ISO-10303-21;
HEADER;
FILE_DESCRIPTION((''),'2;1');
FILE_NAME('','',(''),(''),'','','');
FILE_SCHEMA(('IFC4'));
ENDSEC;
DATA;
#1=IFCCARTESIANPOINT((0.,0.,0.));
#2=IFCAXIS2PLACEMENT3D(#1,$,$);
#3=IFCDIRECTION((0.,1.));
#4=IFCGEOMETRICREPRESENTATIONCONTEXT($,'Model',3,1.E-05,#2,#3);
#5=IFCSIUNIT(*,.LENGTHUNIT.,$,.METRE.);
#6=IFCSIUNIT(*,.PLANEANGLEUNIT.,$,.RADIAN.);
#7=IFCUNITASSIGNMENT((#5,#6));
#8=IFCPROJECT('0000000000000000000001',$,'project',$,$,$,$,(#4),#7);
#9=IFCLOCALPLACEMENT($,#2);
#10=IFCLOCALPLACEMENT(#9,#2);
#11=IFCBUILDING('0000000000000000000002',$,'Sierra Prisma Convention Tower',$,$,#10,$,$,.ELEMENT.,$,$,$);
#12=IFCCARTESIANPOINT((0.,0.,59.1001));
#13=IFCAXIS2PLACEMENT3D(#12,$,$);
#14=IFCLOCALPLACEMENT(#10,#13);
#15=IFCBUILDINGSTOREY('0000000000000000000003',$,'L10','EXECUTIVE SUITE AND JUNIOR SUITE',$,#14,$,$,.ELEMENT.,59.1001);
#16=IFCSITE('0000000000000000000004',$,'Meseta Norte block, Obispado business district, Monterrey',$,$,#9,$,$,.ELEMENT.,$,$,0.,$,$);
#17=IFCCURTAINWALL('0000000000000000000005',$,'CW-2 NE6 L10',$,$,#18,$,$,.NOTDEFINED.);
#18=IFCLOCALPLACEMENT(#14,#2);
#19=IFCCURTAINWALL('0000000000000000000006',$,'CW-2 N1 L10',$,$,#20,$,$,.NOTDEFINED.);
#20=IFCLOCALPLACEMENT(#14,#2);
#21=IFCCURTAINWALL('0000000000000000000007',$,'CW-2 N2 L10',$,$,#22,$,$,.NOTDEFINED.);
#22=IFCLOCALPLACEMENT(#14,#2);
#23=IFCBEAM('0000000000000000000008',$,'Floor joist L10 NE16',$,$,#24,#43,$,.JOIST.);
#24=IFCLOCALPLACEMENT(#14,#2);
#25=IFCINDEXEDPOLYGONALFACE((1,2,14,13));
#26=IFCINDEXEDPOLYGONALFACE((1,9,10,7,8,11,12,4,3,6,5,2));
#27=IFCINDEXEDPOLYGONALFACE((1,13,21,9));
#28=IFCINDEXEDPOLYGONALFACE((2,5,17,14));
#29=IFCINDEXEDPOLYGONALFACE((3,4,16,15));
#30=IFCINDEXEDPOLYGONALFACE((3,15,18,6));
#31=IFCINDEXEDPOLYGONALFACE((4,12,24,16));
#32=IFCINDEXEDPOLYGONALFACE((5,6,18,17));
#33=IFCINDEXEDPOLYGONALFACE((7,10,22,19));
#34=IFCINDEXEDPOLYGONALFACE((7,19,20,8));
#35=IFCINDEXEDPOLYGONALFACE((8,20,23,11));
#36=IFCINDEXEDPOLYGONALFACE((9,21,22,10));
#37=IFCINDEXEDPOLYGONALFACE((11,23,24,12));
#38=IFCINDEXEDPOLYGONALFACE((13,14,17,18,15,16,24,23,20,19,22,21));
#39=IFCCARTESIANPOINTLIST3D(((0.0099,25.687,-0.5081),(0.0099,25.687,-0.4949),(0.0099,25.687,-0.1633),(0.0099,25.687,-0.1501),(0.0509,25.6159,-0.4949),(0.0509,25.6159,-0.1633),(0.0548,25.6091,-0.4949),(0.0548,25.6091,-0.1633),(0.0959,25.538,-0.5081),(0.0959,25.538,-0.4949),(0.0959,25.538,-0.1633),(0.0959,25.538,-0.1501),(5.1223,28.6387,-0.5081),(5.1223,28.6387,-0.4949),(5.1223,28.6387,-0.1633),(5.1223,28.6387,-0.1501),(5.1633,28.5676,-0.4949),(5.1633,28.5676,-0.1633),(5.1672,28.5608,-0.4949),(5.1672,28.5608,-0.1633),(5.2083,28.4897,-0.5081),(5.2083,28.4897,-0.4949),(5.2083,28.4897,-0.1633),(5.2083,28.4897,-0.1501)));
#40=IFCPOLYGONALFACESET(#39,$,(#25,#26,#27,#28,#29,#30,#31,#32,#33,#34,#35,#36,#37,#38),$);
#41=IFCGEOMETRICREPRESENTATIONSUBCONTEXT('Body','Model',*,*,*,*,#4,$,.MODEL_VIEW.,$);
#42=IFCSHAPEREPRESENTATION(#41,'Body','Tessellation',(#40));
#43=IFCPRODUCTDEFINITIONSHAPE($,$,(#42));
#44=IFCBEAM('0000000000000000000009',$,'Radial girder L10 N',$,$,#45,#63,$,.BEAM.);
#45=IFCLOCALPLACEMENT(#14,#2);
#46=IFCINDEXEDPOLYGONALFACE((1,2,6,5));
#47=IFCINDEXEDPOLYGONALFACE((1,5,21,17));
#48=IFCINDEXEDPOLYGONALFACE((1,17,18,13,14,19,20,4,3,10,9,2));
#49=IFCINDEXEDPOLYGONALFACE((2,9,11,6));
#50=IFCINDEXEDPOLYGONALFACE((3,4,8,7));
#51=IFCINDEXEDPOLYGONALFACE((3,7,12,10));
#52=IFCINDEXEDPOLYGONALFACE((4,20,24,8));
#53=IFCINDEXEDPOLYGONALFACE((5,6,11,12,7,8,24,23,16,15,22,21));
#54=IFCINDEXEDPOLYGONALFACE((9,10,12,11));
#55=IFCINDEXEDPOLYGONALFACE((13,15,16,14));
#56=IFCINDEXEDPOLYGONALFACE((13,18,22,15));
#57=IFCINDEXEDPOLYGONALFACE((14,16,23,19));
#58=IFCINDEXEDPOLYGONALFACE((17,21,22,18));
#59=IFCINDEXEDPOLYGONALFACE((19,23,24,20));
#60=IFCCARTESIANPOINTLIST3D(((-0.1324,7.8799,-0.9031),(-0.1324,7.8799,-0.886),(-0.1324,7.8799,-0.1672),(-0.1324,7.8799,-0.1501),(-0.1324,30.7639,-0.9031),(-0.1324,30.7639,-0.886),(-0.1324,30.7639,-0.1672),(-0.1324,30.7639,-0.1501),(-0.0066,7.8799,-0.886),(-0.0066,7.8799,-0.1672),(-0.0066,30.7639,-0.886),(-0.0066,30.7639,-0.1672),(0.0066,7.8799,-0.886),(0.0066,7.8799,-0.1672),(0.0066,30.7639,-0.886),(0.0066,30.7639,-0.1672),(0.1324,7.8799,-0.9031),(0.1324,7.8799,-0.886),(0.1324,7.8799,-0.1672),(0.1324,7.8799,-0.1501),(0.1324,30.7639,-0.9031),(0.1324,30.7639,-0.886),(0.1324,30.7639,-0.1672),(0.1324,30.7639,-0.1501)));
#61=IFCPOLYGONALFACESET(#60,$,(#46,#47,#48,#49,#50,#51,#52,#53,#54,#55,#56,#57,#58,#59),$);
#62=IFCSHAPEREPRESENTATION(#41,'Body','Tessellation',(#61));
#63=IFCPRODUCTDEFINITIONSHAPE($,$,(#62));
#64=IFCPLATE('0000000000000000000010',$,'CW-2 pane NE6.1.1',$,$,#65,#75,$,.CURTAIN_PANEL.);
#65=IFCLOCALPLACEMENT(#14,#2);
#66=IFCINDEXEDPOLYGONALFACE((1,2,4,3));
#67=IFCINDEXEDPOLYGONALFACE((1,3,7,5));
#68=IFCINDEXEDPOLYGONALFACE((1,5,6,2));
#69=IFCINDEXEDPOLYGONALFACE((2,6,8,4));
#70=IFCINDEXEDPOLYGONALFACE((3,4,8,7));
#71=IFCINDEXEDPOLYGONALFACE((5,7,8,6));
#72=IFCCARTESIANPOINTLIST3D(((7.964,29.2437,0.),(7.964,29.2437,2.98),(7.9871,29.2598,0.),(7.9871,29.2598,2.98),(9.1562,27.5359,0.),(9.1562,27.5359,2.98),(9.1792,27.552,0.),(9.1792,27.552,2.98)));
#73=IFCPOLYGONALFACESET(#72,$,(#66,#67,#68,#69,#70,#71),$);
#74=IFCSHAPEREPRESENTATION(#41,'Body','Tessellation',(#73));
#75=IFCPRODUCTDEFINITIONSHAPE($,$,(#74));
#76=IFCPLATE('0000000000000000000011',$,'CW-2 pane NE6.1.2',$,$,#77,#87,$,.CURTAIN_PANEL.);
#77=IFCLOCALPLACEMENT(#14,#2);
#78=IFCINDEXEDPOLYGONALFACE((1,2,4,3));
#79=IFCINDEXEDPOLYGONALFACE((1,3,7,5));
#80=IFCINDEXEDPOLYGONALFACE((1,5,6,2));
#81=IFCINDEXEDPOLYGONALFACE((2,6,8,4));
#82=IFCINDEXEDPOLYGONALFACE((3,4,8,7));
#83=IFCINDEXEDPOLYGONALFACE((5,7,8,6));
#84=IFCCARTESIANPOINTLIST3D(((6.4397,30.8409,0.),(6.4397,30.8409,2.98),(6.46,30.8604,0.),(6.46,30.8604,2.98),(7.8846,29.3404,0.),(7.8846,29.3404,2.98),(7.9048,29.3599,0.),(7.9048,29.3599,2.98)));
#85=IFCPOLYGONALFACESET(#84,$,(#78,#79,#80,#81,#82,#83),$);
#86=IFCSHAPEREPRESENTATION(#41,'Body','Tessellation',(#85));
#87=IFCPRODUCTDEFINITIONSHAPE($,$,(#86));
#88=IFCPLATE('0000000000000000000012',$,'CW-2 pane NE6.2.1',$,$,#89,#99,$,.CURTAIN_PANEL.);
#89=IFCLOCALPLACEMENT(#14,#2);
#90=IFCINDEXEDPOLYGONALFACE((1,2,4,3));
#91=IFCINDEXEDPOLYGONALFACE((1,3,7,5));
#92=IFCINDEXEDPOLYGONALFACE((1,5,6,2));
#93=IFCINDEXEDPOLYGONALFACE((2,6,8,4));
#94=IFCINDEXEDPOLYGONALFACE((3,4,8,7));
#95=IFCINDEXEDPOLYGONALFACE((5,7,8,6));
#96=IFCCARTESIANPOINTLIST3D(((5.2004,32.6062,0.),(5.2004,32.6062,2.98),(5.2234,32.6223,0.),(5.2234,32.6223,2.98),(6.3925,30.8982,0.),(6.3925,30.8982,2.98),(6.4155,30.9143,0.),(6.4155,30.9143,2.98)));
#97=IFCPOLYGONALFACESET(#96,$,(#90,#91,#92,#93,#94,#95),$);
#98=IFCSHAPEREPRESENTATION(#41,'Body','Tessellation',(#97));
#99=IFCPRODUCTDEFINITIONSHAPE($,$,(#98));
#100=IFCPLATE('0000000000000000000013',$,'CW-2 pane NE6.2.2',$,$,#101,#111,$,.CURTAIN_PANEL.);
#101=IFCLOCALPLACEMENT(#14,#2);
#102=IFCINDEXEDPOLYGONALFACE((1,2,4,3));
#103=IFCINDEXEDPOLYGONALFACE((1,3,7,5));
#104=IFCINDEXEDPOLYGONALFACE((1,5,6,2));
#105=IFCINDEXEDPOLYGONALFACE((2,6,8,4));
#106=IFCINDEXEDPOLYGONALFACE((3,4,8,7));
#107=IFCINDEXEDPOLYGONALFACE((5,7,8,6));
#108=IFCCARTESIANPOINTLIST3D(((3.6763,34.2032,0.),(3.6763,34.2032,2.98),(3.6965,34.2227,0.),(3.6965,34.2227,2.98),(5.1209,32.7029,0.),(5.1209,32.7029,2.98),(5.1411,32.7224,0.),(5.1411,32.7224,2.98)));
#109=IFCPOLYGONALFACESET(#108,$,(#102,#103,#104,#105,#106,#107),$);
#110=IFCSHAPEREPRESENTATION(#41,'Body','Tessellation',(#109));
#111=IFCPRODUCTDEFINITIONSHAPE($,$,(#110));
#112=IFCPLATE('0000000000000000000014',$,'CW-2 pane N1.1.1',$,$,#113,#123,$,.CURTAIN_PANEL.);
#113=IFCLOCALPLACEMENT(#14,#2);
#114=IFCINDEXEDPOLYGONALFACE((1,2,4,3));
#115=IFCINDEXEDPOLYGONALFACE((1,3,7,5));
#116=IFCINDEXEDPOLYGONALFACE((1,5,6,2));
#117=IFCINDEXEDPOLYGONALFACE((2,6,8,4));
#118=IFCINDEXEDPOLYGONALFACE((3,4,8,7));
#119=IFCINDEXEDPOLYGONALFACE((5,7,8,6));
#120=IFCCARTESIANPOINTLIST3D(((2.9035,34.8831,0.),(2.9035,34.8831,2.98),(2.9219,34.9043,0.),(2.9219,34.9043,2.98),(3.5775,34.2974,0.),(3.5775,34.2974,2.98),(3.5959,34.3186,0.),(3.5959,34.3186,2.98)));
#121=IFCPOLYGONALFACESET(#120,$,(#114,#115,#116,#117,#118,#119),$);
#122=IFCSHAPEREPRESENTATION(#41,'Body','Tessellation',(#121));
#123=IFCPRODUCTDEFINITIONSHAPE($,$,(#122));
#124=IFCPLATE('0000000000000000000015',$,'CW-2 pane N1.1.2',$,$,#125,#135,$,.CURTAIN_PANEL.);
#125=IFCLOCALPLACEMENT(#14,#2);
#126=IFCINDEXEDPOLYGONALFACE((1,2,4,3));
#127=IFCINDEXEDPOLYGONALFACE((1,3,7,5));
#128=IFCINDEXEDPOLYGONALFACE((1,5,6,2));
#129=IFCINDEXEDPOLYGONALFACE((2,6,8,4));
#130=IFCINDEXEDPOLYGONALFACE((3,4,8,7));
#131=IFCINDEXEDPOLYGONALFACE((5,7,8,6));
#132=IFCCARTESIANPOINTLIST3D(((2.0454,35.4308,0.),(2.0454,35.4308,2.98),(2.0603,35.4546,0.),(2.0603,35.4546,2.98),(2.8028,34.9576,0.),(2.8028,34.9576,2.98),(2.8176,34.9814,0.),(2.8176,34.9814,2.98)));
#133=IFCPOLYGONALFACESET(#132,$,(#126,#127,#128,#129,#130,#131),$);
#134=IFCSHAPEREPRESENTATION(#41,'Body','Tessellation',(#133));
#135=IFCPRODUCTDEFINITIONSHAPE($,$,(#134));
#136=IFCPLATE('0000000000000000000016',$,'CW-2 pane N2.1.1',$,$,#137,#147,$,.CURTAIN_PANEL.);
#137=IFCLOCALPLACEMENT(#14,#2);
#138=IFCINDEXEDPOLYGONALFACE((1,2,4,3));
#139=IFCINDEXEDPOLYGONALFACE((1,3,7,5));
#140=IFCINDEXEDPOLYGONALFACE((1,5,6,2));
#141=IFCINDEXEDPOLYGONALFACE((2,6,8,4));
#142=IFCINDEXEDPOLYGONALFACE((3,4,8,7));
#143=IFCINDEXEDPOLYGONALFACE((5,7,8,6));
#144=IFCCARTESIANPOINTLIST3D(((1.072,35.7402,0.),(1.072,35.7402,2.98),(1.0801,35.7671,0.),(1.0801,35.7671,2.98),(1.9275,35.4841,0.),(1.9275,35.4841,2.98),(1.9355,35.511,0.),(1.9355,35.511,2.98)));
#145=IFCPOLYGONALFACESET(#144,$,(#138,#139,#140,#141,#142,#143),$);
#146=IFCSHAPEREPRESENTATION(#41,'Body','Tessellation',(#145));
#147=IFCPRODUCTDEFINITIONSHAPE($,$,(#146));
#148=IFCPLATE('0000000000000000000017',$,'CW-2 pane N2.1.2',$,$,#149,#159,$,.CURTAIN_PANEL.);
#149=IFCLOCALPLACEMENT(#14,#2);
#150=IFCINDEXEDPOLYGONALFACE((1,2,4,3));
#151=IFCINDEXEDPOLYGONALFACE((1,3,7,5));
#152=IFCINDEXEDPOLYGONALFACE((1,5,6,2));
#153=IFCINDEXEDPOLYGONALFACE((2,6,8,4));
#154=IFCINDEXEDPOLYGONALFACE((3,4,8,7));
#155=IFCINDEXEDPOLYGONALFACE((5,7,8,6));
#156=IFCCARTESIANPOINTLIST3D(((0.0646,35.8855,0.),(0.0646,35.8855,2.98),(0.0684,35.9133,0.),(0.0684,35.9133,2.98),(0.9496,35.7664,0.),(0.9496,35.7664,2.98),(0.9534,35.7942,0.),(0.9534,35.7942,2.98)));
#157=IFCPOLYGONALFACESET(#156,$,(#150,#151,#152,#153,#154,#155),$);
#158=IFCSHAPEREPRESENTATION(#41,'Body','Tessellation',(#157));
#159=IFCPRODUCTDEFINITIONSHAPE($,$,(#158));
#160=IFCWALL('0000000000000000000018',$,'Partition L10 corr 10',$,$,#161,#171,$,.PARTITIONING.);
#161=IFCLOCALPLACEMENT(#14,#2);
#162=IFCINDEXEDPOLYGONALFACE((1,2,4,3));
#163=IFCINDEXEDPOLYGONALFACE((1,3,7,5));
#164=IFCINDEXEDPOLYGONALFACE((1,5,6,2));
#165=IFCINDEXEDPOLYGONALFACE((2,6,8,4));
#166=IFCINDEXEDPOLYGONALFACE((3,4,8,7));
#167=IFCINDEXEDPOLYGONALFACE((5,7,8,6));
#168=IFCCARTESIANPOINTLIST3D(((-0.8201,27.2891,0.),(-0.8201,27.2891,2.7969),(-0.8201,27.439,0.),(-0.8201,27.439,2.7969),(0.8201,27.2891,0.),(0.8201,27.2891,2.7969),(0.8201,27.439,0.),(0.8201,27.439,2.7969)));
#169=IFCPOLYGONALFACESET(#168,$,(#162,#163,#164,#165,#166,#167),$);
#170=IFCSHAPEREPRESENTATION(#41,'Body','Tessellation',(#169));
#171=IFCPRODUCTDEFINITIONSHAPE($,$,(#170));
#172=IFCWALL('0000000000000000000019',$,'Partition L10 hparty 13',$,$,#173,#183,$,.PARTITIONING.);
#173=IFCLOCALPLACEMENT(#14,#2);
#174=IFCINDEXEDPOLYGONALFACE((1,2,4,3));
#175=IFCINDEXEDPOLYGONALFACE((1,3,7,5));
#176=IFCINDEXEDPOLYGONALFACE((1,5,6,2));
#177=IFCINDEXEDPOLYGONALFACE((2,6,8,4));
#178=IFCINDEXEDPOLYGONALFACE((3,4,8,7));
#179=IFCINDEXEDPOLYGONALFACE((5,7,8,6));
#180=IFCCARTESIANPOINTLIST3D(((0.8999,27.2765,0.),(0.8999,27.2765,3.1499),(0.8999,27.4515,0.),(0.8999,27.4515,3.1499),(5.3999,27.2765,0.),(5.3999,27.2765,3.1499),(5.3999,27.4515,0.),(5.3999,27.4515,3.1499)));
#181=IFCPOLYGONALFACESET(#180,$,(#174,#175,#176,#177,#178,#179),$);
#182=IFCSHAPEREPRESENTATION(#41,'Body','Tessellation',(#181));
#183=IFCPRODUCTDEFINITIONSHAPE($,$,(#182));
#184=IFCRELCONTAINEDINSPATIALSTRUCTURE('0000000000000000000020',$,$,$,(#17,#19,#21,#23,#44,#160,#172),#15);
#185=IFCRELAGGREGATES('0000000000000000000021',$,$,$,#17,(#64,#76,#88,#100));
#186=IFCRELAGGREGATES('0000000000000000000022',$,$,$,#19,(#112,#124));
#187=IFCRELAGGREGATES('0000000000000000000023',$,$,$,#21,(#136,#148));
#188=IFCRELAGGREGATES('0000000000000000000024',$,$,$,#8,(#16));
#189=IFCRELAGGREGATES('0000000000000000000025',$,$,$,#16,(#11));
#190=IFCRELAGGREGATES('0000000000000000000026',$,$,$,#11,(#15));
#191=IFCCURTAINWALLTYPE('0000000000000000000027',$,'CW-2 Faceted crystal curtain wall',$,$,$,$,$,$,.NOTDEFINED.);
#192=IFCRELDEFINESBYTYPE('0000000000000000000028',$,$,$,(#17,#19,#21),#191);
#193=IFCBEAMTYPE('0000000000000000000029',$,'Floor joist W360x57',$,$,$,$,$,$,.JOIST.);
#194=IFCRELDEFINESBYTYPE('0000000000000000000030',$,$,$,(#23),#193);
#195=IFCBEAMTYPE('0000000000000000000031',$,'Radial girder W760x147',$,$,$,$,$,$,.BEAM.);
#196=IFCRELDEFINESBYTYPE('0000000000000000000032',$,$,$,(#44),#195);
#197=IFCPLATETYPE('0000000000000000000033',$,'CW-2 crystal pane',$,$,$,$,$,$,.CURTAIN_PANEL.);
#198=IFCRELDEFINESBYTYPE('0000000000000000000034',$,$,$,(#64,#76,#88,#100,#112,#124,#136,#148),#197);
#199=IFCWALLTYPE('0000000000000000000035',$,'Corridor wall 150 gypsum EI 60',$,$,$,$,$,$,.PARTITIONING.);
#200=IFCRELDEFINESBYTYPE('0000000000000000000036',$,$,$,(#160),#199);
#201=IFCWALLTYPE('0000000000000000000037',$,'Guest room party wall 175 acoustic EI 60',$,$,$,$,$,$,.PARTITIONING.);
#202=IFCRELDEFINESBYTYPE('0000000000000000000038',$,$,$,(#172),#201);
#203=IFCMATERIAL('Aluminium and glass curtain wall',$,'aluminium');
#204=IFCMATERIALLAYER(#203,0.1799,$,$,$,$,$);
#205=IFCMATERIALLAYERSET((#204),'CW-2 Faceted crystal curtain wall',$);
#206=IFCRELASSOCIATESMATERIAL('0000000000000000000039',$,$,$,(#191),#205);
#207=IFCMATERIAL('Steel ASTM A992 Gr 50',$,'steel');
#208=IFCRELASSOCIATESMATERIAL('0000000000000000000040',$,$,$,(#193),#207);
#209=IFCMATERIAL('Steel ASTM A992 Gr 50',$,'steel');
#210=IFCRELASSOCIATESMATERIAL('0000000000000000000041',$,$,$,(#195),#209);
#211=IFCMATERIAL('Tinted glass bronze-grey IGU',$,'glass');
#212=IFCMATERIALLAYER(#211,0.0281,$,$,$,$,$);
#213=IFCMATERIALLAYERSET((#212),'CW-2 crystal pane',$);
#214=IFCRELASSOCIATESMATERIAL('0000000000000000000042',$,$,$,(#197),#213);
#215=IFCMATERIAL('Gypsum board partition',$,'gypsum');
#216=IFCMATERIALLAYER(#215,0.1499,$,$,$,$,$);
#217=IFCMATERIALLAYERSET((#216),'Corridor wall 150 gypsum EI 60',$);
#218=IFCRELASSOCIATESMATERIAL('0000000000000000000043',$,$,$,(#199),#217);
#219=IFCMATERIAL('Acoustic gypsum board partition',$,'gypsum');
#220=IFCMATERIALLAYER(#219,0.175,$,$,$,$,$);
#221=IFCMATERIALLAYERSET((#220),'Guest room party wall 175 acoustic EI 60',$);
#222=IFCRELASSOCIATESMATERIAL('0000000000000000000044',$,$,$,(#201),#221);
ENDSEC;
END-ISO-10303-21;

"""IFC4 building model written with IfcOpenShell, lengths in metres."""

from ifc_helpers import new_model, si_unit, direction, frame, frame_2d, origin, origin_2d, place, context, subcontext, project, spatial, polyline, rectangle, i_section, outline, extrude, material, layer, layer_set, material_profile, profile_set, type_object, element, aggregate, save


model = new_model("IFC4")

# Units and contexts
model_context = context("Model", 3, precision=1e-05, world=origin(), true_north=direction((0.0, 1.0)))
body_context = subcontext(model_context, "Body", "Model", "MODEL_VIEW")
ifc_project = project(units=[si_unit("LENGTHUNIT", "METRE"), si_unit("PLANEANGLEUNIT", "RADIAN")], contexts=[model_context])

# Site, building, storey
site_placement = place(None, origin())
site = spatial("IfcSite", under=ifc_project, at=site_placement, Name="Meseta Norte block, Obispado business district, Monterrey", CompositionType="ELEMENT", RefElevation=0.0)
building_placement = place(site_placement, origin())
building = spatial("IfcBuilding", under=site, at=building_placement, Name="Sierra Prisma Convention Tower", CompositionType="ELEMENT")
storey_placement = place(building_placement, frame((0.0, 0.0, 59.1001)))
storey = spatial("IfcBuildingStorey", under=building, at=storey_placement, Name="L10", Description="EXECUTIVE SUITE AND JUNIOR SUITE", CompositionType="ELEMENT", Elevation=59.1001)

# Curtain wall
ifc_material_1 = material(Name="Aluminium and glass curtain wall", Category="aluminium")
ifc_layer_1 = layer(ifc_material_1, 0.1799)
ifc_layer_set_1 = layer_set([ifc_layer_1], Name="CW-2 Faceted crystal curtain wall")
curtain_wall_type = type_object("IfcCurtainWallType", Name="CW-2 Faceted crystal curtain wall", PredefinedType="NOTDEFINED", material=ifc_layer_set_1)
curtain_wall_1_placement = place(storey_placement, origin())
curtain_wall_1 = element("IfcCurtainWall", 1, at=curtain_wall_1_placement, inside=storey, type_object=curtain_wall_type, Name="CW-2 NE6 L10", PredefinedType="NOTDEFINED")

# Curtain walls
curtain_wall_2_placement = place(storey_placement, origin())
curtain_wall_2 = element("IfcCurtainWall", 2, at=curtain_wall_2_placement, inside=storey, type_object=curtain_wall_type, Name="CW-2 N1 L10", PredefinedType="NOTDEFINED")
curtain_wall_3_placement = place(storey_placement, origin())
curtain_wall_3 = element("IfcCurtainWall", 3, at=curtain_wall_3_placement, inside=storey, type_object=curtain_wall_type, Name="CW-2 N2 L10", PredefinedType="NOTDEFINED")

# Beams
ifc_material_2 = material(Name="Steel ASTM A992 Gr 50", Category="steel")
ifc_material_profile_1 = material_profile(ifc_material_2, i_section(OverallWidth=0.1721, OverallDepth=0.3579, WebThickness=0.0078, FlangeThickness=0.0132, at=origin_2d()), Name="W360x57")
ifc_profile_set_1 = profile_set([ifc_material_profile_1], Name="Steel ASTM A992 Gr 50")
beam_type_1 = type_object("IfcBeamType", Name="Floor joist W360x57", PredefinedType="JOIST", material=ifc_profile_set_1)
beam_1_placement = place(storey_placement, frame((5.1653, 28.5642, -0.3291), z_axis=(-0.86602, -0.500009, 0.0), x_axis=(0.500009, -0.86602, 0.0)))
element("IfcBeam", 4, at=beam_1_placement, inside=storey, type_object=beam_type_1, Name="Floor joist L10 NE16", PredefinedType="JOIST", context=body_context, shape_type="SweptSolid", body=[
    extrude(i_section(OverallWidth=0.1721, OverallDepth=0.3579, WebThickness=0.0078, FlangeThickness=0.0132, at=origin_2d()), origin(), (0.0, 0.0, 1.0), 5.9033),
])
ifc_material_3 = material(Name="Steel ASTM A992 Gr 50", Category="steel")
ifc_material_profile_2 = material_profile(ifc_material_3, i_section(OverallWidth=0.2649, OverallDepth=0.7529, WebThickness=0.0132, FlangeThickness=0.0171, at=origin_2d()), Name="W760x147")
ifc_profile_set_2 = profile_set([ifc_material_profile_2], Name="Steel ASTM A992 Gr 50")
beam_type_2 = type_object("IfcBeamType", Name="Radial girder W760x147", PredefinedType="BEAM", material=ifc_profile_set_2)
beam_2_placement = place(storey_placement, frame((0.0, 30.7639, -0.5266), z_axis=(0.0, -1.0, 0.0), x_axis=(1.0, 0.0, 0.0)))
element("IfcBeam", 5, at=beam_2_placement, inside=storey, type_object=beam_type_2, Name="Radial girder L10 N", PredefinedType="BEAM", context=body_context, shape_type="SweptSolid", body=[
    extrude(i_section(OverallWidth=0.2649, OverallDepth=0.7529, WebThickness=0.0132, FlangeThickness=0.0171, at=origin_2d()), origin(), (0.0, 0.0, 1.0), 22.884),
])

# Plates
ifc_material_4 = material(Name="Tinted glass bronze-grey IGU", Category="glass")
ifc_layer_2 = layer(ifc_material_4, 0.0281)
ifc_layer_set_2 = layer_set([ifc_layer_2], Name="CW-2 crystal pane")
plate_type = type_object("IfcPlateType", Name="CW-2 crystal pane", PredefinedType="CURTAIN_PANEL", material=ifc_layer_set_2)
plate_1_placement = place(storey_placement, frame((9.1792, 27.552, 0.0), z_axis=(0.819975, 0.5724, 0.0), x_axis=(-0.5724, 0.819975, 0.0)))
plate_1 = element("IfcPlate", 6, at=plate_1_placement, type_object=plate_type, Name="CW-2 pane NE6.1.1", PredefinedType="CURTAIN_PANEL", context=body_context, shape_type="SweptSolid", body=[
    extrude(outline(polyline([(0.0, 0.0), (2.0827, 0.0), (2.0827, 2.98), (0.0, 2.98), (0.0, 0.0)])), origin(), (0.0, 0.0, -1.0), 0.0281),
])
plate_2_placement = place(storey_placement, frame((6.46, 30.8604, 0.0), z_axis=(0.720342, 0.693619, 0.0), x_axis=(0.693619, -0.720342, 0.0)))
plate_2 = element("IfcPlate", 7, at=plate_2_placement, type_object=plate_type, Name="CW-2 pane NE6.1.2", PredefinedType="CURTAIN_PANEL", context=body_context, shape_type="SweptSolid", body=[
    extrude(outline(polyline([(0.0, 0.0), (2.083, 0.0), (2.083, -2.98), (0.0, -2.98), (0.0, 0.0)])), origin(), (0.0, 0.0, -1.0), 0.0281),
])
plate_3_placement = place(storey_placement, frame((6.4155, 30.9143, 0.0), z_axis=(0.820013, 0.572345, 0.0), x_axis=(-0.572345, 0.820013, 0.0)))
plate_3 = element("IfcPlate", 8, at=plate_3_placement, type_object=plate_type, Name="CW-2 pane NE6.2.1", PredefinedType="CURTAIN_PANEL", context=body_context, shape_type="SweptSolid", body=[
    extrude(outline(polyline([(0.0, 0.0), (2.0829, 0.0), (2.0829, 2.98), (0.0, 2.98), (0.0, 0.0)])), origin(), (0.0, 0.0, -1.0), 0.0281),
])
plate_4_placement = place(storey_placement, frame((3.6965, 34.2227, 0.0), z_axis=(0.720344, 0.693617, 0.0), x_axis=(0.693617, -0.720344, 0.0)))
plate_4 = element("IfcPlate", 9, at=plate_4_placement, type_object=plate_type, Name="CW-2 pane NE6.2.2", PredefinedType="CURTAIN_PANEL", context=body_context, shape_type="SweptSolid", body=[
    extrude(outline(polyline([(0.0, 0.0), (2.0827, 0.0), (2.0827, -2.98), (0.0, -2.98), (0.0, 0.0)])), origin(), (0.0, 0.0, -1.0), 0.0281),
])
aggregate(curtain_wall_1, [plate_1, plate_2, plate_3, plate_4])
plate_5_placement = place(storey_placement, frame((3.5959, 34.3186, 0.0), z_axis=(0.655888, 0.754859, 0.0), x_axis=(-0.754859, 0.655888, 0.0)))
plate_5 = element("IfcPlate", 10, at=plate_5_placement, type_object=plate_type, Name="CW-2 pane N1.1.1", PredefinedType="CURTAIN_PANEL", context=body_context, shape_type="SweptSolid", body=[
    extrude(outline(polyline([(0.0, 0.0), (0.893, 0.0), (0.893, 2.98), (0.0, 2.98), (0.0, 0.0)])), origin(), (0.0, 0.0, -1.0), 0.0281),
])
plate_6_placement = place(storey_placement, frame((2.0603, 35.4546, 0.0), z_axis=(0.529851, 0.84809, 0.0), x_axis=(0.84809, -0.529851, 0.0)))
plate_6 = element("IfcPlate", 11, at=plate_6_placement, type_object=plate_type, Name="CW-2 pane N1.1.2", PredefinedType="CURTAIN_PANEL", context=body_context, shape_type="SweptSolid", body=[
    extrude(outline(polyline([(0.0, 0.0), (0.893, 0.0), (0.893, -2.98), (0.0, -2.98), (0.0, 0.0)])), origin(), (0.0, 0.0, -1.0), 0.0281),
])
aggregate(curtain_wall_2, [plate_5, plate_6])
plate_7_placement = place(storey_placement, frame((1.9355, 35.511, 0.0), z_axis=(0.286796, 0.957992, 0.0), x_axis=(-0.957992, 0.286796, 0.0)))
plate_7 = element("IfcPlate", 12, at=plate_7_placement, type_object=plate_type, Name="CW-2 pane N2.1.1", PredefinedType="CURTAIN_PANEL", context=body_context, shape_type="SweptSolid", body=[
    extrude(outline(polyline([(0.0, 0.0), (0.893, 0.0), (0.893, 2.98), (0.0, 2.98), (0.0, 0.0)])), origin(), (0.0, 0.0, -1.0), 0.0281),
])
plate_8_placement = place(storey_placement, frame((0.0684, 35.9133, 0.0), z_axis=(0.133417, 0.99106, 0.0), x_axis=(0.99106, -0.133417, 0.0)))
plate_8 = element("IfcPlate", 13, at=plate_8_placement, type_object=plate_type, Name="CW-2 pane N2.1.2", PredefinedType="CURTAIN_PANEL", context=body_context, shape_type="SweptSolid", body=[
    extrude(outline(polyline([(0.0, 0.0), (0.893, 0.0), (0.893, -2.98), (0.0, -2.98), (0.0, 0.0)])), origin(), (0.0, 0.0, -1.0), 0.0281),
])
aggregate(curtain_wall_3, [plate_7, plate_8])

# Walls
ifc_material_5 = material(Name="Gypsum board partition", Category="gypsum")
ifc_layer_3 = layer(ifc_material_5, 0.1499)
ifc_layer_set_3 = layer_set([ifc_layer_3], Name="Corridor wall 150 gypsum EI 60")
wall_type_1 = type_object("IfcWallType", Name="Corridor wall 150 gypsum EI 60", PredefinedType="PARTITIONING", material=ifc_layer_set_3)
wall_1_placement = place(storey_placement, frame((0.8201, 27.364, 0.0), z_axis=(0.0, 0.0, 1.0), x_axis=(-1.0, 0.0, 0.0)))
element("IfcWall", 14, at=wall_1_placement, inside=storey, type_object=wall_type_1, Name="Partition L10 corr 10", PredefinedType="PARTITIONING", context=body_context, shape_type="SweptSolid", body=[
    extrude(rectangle(XDim=1.6401, YDim=0.1499, at=frame_2d((0.8201, 0.0))), origin(), (0.0, 0.0, 1.0), 2.7969),
])
ifc_material_6 = material(Name="Acoustic gypsum board partition", Category="gypsum")
ifc_layer_4 = layer(ifc_material_6, 0.175)
ifc_layer_set_4 = layer_set([ifc_layer_4], Name="Guest room party wall 175 acoustic EI 60")
wall_type_2 = type_object("IfcWallType", Name="Guest room party wall 175 acoustic EI 60", PredefinedType="PARTITIONING", material=ifc_layer_set_4)
wall_2_placement = place(storey_placement, frame((0.8999, 27.364, 0.0), z_axis=(0.0, 0.0, 1.0), x_axis=(1.0, 0.0, 0.0)))
element("IfcWall", 15, at=wall_2_placement, inside=storey, type_object=wall_type_2, Name="Partition L10 hparty 13", PredefinedType="PARTITIONING", context=body_context, shape_type="SweptSolid", body=[
    extrude(rectangle(XDim=4.5, YDim=0.175, at=frame_2d((2.25, 0.0))), origin(), (0.0, 0.0, 1.0), 3.1499),
])

save(model, "model.ifc")
